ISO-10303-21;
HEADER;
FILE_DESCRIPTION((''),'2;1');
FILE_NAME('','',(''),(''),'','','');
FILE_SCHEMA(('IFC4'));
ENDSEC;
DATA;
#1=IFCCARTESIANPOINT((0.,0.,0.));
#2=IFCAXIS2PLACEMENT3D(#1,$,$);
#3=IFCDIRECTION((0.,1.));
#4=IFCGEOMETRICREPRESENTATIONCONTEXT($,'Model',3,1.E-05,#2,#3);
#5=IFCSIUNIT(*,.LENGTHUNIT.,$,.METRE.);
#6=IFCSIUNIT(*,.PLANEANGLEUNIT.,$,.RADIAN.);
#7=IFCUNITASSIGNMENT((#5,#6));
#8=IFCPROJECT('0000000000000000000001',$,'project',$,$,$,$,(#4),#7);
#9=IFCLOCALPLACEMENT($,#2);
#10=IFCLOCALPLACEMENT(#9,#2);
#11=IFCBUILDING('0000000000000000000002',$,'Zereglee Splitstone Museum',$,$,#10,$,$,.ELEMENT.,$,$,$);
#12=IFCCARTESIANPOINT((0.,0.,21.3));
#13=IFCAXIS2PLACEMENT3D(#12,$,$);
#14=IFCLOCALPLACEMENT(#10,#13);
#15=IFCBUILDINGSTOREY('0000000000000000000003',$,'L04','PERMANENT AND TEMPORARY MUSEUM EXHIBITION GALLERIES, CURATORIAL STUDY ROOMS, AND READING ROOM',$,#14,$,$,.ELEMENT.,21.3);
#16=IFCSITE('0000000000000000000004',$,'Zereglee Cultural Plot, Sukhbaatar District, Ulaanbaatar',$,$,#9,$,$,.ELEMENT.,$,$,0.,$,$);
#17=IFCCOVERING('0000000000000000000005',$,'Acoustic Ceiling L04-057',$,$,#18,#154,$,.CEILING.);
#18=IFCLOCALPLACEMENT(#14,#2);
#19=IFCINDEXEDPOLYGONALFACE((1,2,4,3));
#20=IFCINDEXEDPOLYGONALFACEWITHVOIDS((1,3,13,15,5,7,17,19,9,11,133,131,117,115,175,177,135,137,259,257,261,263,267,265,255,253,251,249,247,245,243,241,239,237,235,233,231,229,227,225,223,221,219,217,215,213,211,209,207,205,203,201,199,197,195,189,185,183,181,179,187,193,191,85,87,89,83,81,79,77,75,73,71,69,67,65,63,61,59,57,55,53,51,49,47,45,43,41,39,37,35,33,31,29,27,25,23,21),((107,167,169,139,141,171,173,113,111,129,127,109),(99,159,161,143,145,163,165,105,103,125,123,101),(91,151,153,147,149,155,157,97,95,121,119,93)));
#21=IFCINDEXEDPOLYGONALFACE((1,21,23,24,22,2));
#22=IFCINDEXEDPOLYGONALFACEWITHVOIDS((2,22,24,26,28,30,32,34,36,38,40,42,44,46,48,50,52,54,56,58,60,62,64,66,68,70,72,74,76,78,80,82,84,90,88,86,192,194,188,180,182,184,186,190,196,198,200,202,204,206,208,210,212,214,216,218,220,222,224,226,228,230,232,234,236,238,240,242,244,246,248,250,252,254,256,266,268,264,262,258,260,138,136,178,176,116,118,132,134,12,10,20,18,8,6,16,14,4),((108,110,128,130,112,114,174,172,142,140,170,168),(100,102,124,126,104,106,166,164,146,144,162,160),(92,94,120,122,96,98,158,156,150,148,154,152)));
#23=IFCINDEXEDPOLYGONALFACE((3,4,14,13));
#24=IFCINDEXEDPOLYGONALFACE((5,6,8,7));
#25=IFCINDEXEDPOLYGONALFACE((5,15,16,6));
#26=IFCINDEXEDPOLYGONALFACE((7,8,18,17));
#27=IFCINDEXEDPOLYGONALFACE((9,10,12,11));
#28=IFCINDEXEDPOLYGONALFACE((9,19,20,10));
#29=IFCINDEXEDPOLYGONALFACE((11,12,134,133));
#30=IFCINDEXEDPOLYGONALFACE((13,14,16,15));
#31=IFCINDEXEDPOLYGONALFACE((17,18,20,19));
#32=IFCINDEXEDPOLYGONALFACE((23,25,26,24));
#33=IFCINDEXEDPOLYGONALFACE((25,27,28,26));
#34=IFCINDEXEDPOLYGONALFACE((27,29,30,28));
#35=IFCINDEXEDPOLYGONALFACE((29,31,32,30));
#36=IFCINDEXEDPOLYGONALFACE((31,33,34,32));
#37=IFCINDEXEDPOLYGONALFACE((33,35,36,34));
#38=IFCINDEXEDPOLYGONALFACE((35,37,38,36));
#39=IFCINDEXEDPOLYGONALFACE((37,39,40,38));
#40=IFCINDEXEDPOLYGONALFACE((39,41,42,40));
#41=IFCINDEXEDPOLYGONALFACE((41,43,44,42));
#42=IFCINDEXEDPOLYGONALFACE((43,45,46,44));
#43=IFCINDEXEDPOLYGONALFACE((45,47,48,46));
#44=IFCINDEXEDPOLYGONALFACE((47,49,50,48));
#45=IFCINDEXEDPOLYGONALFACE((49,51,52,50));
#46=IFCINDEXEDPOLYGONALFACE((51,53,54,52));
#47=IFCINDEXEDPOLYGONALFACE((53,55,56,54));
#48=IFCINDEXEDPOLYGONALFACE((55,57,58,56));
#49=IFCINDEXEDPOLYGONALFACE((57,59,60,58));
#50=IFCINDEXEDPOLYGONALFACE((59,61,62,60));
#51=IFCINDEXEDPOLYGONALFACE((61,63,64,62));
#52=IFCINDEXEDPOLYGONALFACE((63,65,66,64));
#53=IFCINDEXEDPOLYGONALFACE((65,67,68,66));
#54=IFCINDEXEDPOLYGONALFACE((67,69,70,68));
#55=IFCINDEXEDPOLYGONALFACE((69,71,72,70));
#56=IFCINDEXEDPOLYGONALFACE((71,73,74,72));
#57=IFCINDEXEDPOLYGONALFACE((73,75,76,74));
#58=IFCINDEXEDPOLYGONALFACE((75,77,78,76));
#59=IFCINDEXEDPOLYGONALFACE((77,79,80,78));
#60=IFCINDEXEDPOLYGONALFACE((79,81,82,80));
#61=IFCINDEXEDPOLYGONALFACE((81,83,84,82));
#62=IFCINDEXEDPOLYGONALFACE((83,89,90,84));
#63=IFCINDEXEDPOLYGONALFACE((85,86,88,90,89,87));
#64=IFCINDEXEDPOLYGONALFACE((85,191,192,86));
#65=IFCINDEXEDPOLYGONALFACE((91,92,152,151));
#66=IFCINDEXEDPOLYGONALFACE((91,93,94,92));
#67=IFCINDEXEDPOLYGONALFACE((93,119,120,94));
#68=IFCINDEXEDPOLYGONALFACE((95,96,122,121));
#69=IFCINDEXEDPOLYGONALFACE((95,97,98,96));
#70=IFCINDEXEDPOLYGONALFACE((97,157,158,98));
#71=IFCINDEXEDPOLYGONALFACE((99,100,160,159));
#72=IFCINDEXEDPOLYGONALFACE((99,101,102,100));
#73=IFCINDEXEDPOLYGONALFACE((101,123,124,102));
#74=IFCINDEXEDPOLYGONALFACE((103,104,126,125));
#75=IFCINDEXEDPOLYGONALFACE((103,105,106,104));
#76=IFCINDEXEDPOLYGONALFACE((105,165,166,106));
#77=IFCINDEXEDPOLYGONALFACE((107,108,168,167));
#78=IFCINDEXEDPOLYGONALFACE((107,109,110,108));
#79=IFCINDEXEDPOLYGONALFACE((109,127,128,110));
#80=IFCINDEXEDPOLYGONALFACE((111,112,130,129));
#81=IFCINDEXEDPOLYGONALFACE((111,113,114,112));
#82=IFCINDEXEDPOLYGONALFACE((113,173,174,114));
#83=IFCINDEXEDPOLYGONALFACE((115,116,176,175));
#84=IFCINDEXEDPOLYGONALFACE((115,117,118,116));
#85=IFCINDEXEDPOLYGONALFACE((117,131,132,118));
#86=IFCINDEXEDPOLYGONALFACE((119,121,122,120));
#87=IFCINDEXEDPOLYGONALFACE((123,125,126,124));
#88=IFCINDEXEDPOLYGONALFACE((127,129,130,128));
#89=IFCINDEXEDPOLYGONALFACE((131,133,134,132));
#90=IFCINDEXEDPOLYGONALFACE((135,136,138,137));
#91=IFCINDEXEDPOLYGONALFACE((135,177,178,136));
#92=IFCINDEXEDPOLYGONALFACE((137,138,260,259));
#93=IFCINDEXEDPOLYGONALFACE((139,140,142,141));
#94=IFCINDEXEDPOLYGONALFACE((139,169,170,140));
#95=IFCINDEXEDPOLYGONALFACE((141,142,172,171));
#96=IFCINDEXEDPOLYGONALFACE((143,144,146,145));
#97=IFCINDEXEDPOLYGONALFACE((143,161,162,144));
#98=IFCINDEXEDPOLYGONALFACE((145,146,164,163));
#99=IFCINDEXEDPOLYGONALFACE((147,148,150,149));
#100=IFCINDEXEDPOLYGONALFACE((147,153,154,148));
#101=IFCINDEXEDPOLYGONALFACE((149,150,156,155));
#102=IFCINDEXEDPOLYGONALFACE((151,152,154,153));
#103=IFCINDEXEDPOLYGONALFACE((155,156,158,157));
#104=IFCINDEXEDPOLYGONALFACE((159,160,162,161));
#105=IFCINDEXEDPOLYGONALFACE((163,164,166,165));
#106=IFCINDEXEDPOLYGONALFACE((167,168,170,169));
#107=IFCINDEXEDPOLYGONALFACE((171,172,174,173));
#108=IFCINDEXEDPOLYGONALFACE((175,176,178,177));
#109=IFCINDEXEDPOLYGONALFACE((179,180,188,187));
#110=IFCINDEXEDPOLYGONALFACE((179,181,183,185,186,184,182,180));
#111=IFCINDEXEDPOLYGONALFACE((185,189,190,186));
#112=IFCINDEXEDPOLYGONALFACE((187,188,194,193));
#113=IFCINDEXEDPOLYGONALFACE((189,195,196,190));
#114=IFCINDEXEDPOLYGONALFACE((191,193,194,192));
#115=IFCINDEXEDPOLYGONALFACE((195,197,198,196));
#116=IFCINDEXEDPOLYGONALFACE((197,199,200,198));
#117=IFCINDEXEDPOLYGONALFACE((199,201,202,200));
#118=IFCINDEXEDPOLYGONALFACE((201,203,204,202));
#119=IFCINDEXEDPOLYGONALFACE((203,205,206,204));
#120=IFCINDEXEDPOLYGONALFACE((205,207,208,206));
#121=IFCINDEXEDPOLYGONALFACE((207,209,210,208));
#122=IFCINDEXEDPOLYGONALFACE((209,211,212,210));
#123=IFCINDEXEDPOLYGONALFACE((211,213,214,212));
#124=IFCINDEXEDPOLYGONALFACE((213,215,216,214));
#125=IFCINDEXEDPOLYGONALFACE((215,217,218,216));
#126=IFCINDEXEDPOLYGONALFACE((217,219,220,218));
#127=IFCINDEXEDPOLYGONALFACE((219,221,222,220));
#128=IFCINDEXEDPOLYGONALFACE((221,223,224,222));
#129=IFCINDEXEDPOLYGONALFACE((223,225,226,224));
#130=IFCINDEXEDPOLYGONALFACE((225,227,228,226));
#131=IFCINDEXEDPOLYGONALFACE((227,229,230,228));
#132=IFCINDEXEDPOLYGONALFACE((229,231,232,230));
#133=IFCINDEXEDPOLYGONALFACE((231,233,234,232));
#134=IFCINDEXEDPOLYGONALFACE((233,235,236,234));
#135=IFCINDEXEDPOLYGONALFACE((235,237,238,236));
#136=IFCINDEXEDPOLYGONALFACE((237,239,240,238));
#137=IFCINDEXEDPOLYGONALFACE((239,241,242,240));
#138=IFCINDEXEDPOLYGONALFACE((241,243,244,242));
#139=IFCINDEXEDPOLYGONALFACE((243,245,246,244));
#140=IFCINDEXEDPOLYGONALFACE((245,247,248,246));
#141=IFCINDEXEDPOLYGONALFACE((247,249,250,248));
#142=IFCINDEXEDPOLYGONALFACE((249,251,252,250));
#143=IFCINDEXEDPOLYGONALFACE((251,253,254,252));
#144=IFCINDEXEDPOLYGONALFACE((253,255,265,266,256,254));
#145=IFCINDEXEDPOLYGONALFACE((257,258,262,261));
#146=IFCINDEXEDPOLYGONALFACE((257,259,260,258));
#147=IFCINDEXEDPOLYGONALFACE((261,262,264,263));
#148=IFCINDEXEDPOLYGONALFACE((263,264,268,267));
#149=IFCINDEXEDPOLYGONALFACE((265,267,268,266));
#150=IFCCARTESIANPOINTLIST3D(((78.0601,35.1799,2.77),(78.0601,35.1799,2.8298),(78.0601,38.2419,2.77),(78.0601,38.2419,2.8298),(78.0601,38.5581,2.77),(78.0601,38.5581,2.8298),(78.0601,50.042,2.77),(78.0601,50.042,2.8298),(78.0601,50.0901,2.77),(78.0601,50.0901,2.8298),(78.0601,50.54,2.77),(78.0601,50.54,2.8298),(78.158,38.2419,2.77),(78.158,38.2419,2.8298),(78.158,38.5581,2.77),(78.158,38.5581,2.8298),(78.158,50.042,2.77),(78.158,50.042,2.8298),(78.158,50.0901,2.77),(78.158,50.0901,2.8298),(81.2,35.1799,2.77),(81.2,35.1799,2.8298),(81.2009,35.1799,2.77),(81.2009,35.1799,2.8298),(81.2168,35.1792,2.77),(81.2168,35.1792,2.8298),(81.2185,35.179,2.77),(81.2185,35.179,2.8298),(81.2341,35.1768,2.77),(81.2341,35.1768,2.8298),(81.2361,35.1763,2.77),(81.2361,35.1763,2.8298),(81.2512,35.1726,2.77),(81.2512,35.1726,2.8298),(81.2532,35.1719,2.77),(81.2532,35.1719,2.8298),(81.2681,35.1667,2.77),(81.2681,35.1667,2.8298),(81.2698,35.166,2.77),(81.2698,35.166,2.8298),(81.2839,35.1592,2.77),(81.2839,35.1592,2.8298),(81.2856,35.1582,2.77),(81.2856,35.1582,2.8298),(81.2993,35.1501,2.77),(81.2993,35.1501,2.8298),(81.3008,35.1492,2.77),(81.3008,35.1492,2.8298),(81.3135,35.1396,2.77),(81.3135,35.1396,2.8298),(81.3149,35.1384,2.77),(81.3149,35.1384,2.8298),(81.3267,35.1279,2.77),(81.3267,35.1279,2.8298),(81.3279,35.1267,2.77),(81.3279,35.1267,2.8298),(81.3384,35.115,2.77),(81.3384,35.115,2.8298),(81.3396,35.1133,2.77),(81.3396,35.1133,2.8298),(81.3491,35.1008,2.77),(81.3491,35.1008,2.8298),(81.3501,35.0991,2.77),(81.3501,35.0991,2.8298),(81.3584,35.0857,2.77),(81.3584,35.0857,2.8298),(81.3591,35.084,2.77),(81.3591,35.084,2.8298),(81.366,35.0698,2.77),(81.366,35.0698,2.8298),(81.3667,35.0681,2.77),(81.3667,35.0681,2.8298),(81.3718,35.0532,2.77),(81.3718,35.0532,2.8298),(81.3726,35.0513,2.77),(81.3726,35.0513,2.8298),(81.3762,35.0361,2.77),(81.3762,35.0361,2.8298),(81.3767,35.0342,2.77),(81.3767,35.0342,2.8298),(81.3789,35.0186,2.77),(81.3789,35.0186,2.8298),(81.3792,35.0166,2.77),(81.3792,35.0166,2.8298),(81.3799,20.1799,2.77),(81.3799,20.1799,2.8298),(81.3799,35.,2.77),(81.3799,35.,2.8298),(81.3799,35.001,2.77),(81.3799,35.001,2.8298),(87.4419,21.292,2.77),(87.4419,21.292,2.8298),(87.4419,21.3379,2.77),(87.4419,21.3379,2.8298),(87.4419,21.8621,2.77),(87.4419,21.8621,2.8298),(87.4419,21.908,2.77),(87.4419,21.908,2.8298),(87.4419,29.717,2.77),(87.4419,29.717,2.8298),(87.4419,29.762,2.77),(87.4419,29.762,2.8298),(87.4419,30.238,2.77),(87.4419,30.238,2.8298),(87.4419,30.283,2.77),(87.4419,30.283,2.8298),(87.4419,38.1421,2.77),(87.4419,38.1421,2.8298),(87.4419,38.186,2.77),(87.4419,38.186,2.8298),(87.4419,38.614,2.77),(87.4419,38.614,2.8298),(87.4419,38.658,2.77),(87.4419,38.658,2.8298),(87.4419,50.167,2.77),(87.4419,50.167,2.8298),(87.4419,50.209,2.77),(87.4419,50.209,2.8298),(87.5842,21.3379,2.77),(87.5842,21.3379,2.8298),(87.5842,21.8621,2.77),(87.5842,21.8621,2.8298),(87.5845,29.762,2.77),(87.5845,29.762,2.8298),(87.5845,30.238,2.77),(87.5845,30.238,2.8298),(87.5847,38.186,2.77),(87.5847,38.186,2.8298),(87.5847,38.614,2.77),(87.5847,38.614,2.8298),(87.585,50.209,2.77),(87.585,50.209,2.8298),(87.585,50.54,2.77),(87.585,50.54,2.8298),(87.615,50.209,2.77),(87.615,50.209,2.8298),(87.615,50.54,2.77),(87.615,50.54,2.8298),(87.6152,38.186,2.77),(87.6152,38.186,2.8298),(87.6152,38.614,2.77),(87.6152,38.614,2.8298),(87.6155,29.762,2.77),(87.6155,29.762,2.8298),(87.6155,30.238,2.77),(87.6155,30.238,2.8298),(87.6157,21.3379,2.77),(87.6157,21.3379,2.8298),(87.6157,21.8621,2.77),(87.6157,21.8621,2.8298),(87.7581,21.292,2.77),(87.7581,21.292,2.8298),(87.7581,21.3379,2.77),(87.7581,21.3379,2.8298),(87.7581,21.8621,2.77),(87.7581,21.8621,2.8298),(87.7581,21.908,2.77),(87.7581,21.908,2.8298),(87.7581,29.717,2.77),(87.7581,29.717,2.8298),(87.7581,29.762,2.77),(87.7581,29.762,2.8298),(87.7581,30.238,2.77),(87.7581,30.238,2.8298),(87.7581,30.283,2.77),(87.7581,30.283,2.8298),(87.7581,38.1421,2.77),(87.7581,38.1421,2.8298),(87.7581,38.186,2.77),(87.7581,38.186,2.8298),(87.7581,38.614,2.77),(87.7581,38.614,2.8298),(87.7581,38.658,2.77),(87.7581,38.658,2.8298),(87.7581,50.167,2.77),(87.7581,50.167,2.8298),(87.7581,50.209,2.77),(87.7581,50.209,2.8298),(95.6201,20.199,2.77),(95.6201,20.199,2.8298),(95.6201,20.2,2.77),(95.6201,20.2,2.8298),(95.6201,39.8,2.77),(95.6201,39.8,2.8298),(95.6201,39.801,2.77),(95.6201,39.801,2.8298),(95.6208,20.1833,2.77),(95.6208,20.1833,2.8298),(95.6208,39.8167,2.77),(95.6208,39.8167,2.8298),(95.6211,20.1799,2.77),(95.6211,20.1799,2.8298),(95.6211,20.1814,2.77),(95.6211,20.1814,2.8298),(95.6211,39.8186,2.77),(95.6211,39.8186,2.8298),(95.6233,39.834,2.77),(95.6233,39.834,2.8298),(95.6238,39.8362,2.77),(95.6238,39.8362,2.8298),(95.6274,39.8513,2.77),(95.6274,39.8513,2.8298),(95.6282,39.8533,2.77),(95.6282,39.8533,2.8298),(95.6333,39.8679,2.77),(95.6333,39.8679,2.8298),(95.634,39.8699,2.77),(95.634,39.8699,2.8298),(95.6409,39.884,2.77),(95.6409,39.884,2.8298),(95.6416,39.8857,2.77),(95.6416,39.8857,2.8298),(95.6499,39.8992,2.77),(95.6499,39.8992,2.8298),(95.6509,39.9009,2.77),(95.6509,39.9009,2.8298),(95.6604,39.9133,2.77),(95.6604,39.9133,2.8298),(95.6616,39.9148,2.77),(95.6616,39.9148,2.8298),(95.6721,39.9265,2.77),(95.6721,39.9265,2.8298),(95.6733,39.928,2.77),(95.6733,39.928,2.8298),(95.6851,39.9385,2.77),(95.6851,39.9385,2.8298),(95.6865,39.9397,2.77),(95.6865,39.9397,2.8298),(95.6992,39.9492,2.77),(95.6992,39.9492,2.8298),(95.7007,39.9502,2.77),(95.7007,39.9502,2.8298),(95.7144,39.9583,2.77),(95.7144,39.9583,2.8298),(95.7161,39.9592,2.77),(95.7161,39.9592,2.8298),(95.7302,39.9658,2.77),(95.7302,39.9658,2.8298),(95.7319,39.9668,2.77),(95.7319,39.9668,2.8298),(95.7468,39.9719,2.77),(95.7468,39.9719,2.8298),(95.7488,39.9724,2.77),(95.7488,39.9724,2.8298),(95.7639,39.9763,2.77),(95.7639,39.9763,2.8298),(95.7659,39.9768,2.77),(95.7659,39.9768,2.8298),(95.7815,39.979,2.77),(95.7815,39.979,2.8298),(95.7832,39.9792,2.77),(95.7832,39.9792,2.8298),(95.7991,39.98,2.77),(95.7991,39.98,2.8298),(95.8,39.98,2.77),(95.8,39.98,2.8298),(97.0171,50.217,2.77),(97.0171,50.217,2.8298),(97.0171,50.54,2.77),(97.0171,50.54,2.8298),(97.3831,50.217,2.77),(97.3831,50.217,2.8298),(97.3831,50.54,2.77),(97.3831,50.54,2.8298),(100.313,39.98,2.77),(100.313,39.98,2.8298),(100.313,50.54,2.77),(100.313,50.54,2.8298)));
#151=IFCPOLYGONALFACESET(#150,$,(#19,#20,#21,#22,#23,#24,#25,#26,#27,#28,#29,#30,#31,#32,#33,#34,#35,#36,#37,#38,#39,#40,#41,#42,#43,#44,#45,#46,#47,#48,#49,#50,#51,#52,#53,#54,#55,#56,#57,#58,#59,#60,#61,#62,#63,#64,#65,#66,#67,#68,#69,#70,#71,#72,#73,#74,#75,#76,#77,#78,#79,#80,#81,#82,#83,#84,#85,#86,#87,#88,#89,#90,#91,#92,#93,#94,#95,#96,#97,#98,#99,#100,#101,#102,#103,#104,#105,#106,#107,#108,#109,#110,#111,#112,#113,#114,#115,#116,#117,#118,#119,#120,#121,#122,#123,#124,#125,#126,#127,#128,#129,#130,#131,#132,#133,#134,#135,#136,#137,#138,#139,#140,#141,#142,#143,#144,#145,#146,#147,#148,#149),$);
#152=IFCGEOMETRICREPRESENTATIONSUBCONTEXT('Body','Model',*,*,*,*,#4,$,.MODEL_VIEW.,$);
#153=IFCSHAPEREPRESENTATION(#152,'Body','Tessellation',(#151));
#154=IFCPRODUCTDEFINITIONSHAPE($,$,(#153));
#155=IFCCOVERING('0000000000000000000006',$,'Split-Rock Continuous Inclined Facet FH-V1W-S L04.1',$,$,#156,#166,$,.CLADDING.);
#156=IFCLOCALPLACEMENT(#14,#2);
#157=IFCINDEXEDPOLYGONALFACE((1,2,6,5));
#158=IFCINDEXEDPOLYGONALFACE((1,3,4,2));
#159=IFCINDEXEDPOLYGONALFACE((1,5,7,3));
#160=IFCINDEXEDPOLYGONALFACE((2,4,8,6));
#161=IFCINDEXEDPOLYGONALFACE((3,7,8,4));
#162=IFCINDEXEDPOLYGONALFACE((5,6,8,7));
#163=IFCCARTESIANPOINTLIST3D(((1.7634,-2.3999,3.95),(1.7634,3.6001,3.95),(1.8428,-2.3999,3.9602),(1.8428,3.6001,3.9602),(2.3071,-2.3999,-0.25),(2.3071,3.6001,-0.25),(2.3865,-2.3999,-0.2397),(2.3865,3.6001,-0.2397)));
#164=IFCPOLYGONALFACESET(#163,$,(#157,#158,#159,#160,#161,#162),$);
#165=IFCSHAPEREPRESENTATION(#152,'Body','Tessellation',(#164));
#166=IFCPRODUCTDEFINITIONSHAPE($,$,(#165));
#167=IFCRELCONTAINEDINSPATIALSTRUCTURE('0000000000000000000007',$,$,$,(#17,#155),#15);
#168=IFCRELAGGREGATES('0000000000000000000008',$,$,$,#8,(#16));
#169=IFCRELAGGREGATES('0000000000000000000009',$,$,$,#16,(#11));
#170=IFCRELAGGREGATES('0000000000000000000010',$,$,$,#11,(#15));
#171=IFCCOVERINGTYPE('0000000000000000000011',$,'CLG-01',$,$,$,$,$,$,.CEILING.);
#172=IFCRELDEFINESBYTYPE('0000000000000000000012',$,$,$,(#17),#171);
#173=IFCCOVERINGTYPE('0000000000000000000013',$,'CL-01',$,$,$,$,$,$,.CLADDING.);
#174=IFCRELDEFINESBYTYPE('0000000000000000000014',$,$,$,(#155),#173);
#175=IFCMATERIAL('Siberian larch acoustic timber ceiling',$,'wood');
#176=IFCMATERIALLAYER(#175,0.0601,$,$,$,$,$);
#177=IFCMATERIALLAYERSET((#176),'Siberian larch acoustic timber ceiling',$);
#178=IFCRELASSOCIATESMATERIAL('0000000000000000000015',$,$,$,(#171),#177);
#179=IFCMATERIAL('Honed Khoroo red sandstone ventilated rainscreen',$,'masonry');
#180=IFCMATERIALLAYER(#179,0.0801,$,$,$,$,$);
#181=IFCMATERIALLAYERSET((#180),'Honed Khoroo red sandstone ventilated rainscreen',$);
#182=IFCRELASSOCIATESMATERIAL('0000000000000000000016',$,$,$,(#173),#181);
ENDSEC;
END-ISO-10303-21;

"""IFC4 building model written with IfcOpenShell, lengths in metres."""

from ifc_helpers import new_model, si_unit, direction, frame, origin, place, context, subcontext, project, spatial, polyline, outline, extrude, material, layer, layer_set, type_object, element, save


model = new_model("IFC4")

# Units and contexts
model_context = context("Model", 3, precision=1e-05, world=origin(), true_north=direction((0.0, 1.0)))
body_context = subcontext(model_context, "Body", "Model", "MODEL_VIEW")
ifc_project = project(units=[si_unit("LENGTHUNIT", "METRE"), si_unit("PLANEANGLEUNIT", "RADIAN")], contexts=[model_context])

# Site, building, storey
site_placement = place(None, origin())
site = spatial("IfcSite", under=ifc_project, at=site_placement, Name="Zereglee Cultural Plot, Sukhbaatar District, Ulaanbaatar", CompositionType="ELEMENT", RefElevation=0.0)
building_placement = place(site_placement, origin())
building = spatial("IfcBuilding", under=site, at=building_placement, Name="Zereglee Splitstone Museum", CompositionType="ELEMENT")
storey_placement = place(building_placement, frame((0.0, 0.0, 21.3)))
storey = spatial("IfcBuildingStorey", under=building, at=storey_placement, Name="L04", Description="PERMANENT AND TEMPORARY MUSEUM EXHIBITION GALLERIES, CURATORIAL STUDY ROOMS, AND READING ROOM", CompositionType="ELEMENT", Elevation=21.3)

# Coverings
ifc_material_1 = material(Name="Siberian larch acoustic timber ceiling", Category="wood")
ifc_layer_1 = layer(ifc_material_1, 0.0601)
ifc_layer_set_1 = layer_set([ifc_layer_1], Name="Siberian larch acoustic timber ceiling")
covering_type_1 = type_object("IfcCoveringType", Name="CLG-01", PredefinedType="CEILING", material=ifc_layer_set_1)
covering_1_placement = place(storey_placement, frame((0.0, 0.0, 2.77)))
element("IfcCovering", 1, at=covering_1_placement, inside=storey, type_object=covering_type_1, Name="Acoustic Ceiling L04-057", PredefinedType="CEILING", context=body_context, shape_type="SweptSolid", body=[
    extrude(outline(polyline([(81.3799, 35.0), (81.3799, 35.001), (81.3792, 35.0166), (81.3789, 35.0186), (81.3767, 35.0342), (81.3762, 35.0361), (81.3726, 35.0513), (81.3718, 35.0532), (81.3667, 35.0681), (81.366, 35.0698), (81.3591, 35.084), (81.3584, 35.0857), (81.3501, 35.0991), (81.3491, 35.1008), (81.3396, 35.1133), (81.3384, 35.115), (81.3279, 35.1267), (81.3267, 35.1279), (81.3149, 35.1384), (81.3135, 35.1396), (81.3008, 35.1492), (81.2993, 35.1501), (81.2856, 35.1582), (81.2839, 35.1592), (81.2698, 35.166), (81.2681, 35.1667), (81.2532, 35.1719), (81.2512, 35.1726), (81.2361, 35.1763), (81.2341, 35.1768), (81.2185, 35.179), (81.2168, 35.1792), (81.2009, 35.1799), (81.2, 35.1799), (78.0601, 35.1799), (78.0601, 38.2419), (78.158, 38.2419), (78.158, 38.5581), (78.0601, 38.5581), (78.0601, 50.042), (78.158, 50.042), (78.158, 50.0901), (78.0601, 50.0901), (78.0601, 50.54), (87.585, 50.54), (87.585, 50.209), (87.4419, 50.209), (87.4419, 50.167), (87.7581, 50.167), (87.7581, 50.209), (87.615, 50.209), (87.615, 50.54), (97.0171, 50.54), (97.0171, 50.217), (97.3831, 50.217), (97.3831, 50.54), (100.313, 50.54), (100.313, 39.98), (95.8, 39.98), (95.7991, 39.98), (95.7832, 39.9792), (95.7815, 39.979), (95.7659, 39.9768), (95.7639, 39.9763), (95.7488, 39.9724), (95.7468, 39.9719), (95.7319, 39.9668), (95.7302, 39.9658), (95.7161, 39.9592), (95.7144, 39.9583), (95.7007, 39.9502), (95.6992, 39.9492), (95.6865, 39.9397), (95.6851, 39.9385), (95.6733, 39.928), (95.6721, 39.9265), (95.6616, 39.9148), (95.6604, 39.9133), (95.6509, 39.9009), (95.6499, 39.8992), (95.6416, 39.8857), (95.6409, 39.884), (95.634, 39.8699), (95.6333, 39.8679), (95.6282, 39.8533), (95.6274, 39.8513), (95.6238, 39.8362), (95.6233, 39.834), (95.6211, 39.8186), (95.6208, 39.8167), (95.6201, 39.801), (95.6201, 39.8), (95.6201, 20.2), (95.6201, 20.199), (95.6208, 20.1833), (95.6211, 20.1814), (95.6211, 20.1799), (81.3799, 20.1799), (81.3799, 35.0)]), holes=[polyline([(87.4419, 21.908), (87.4419, 21.8621), (87.5842, 21.8621), (87.5842, 21.3379), (87.4419, 21.3379), (87.4419, 21.292), (87.7581, 21.292), (87.7581, 21.3379), (87.6157, 21.3379), (87.6157, 21.8621), (87.7581, 21.8621), (87.7581, 21.908), (87.4419, 21.908)]), polyline([(87.4419, 30.283), (87.4419, 30.238), (87.5845, 30.238), (87.5845, 29.762), (87.4419, 29.762), (87.4419, 29.717), (87.7581, 29.717), (87.7581, 29.762), (87.6155, 29.762), (87.6155, 30.238), (87.7581, 30.238), (87.7581, 30.283), (87.4419, 30.283)]), polyline([(87.4419, 38.658), (87.4419, 38.614), (87.5847, 38.614), (87.5847, 38.186), (87.4419, 38.186), (87.4419, 38.1421), (87.7581, 38.1421), (87.7581, 38.186), (87.6152, 38.186), (87.6152, 38.614), (87.7581, 38.614), (87.7581, 38.658), (87.4419, 38.658)])]), origin(), (0.0, 0.0, 1.0), 0.0598),
])
ifc_material_2 = material(Name="Honed Khoroo red sandstone ventilated rainscreen", Category="masonry")
ifc_layer_2 = layer(ifc_material_2, 0.0801)
ifc_layer_set_2 = layer_set([ifc_layer_2], Name="Honed Khoroo red sandstone ventilated rainscreen")
covering_type_2 = type_object("IfcCoveringType", Name="CL-01", PredefinedType="CLADDING", material=ifc_layer_set_2)
covering_2_placement = place(storey_placement, frame((1.7634, -2.3999, 3.95), z_axis=(-0.991725, 0.0, -0.128383), x_axis=(0.0, 1.0, 0.0)))
element("IfcCovering", 2, at=covering_2_placement, inside=storey, type_object=covering_type_2, Name="Split-Rock Continuous Inclined Facet FH-V1W-S L04.1", PredefinedType="CLADDING", context=body_context, shape_type="SweptSolid", body=[
    extrude(outline(polyline([(0.0, 0.0), (6.0, 0.0), (6.0, 4.235), (0.0, 4.235), (0.0, 0.0)])), origin(), (0.0, 0.0, -1.0), 0.0801),
])

save(model, "model.ifc")
